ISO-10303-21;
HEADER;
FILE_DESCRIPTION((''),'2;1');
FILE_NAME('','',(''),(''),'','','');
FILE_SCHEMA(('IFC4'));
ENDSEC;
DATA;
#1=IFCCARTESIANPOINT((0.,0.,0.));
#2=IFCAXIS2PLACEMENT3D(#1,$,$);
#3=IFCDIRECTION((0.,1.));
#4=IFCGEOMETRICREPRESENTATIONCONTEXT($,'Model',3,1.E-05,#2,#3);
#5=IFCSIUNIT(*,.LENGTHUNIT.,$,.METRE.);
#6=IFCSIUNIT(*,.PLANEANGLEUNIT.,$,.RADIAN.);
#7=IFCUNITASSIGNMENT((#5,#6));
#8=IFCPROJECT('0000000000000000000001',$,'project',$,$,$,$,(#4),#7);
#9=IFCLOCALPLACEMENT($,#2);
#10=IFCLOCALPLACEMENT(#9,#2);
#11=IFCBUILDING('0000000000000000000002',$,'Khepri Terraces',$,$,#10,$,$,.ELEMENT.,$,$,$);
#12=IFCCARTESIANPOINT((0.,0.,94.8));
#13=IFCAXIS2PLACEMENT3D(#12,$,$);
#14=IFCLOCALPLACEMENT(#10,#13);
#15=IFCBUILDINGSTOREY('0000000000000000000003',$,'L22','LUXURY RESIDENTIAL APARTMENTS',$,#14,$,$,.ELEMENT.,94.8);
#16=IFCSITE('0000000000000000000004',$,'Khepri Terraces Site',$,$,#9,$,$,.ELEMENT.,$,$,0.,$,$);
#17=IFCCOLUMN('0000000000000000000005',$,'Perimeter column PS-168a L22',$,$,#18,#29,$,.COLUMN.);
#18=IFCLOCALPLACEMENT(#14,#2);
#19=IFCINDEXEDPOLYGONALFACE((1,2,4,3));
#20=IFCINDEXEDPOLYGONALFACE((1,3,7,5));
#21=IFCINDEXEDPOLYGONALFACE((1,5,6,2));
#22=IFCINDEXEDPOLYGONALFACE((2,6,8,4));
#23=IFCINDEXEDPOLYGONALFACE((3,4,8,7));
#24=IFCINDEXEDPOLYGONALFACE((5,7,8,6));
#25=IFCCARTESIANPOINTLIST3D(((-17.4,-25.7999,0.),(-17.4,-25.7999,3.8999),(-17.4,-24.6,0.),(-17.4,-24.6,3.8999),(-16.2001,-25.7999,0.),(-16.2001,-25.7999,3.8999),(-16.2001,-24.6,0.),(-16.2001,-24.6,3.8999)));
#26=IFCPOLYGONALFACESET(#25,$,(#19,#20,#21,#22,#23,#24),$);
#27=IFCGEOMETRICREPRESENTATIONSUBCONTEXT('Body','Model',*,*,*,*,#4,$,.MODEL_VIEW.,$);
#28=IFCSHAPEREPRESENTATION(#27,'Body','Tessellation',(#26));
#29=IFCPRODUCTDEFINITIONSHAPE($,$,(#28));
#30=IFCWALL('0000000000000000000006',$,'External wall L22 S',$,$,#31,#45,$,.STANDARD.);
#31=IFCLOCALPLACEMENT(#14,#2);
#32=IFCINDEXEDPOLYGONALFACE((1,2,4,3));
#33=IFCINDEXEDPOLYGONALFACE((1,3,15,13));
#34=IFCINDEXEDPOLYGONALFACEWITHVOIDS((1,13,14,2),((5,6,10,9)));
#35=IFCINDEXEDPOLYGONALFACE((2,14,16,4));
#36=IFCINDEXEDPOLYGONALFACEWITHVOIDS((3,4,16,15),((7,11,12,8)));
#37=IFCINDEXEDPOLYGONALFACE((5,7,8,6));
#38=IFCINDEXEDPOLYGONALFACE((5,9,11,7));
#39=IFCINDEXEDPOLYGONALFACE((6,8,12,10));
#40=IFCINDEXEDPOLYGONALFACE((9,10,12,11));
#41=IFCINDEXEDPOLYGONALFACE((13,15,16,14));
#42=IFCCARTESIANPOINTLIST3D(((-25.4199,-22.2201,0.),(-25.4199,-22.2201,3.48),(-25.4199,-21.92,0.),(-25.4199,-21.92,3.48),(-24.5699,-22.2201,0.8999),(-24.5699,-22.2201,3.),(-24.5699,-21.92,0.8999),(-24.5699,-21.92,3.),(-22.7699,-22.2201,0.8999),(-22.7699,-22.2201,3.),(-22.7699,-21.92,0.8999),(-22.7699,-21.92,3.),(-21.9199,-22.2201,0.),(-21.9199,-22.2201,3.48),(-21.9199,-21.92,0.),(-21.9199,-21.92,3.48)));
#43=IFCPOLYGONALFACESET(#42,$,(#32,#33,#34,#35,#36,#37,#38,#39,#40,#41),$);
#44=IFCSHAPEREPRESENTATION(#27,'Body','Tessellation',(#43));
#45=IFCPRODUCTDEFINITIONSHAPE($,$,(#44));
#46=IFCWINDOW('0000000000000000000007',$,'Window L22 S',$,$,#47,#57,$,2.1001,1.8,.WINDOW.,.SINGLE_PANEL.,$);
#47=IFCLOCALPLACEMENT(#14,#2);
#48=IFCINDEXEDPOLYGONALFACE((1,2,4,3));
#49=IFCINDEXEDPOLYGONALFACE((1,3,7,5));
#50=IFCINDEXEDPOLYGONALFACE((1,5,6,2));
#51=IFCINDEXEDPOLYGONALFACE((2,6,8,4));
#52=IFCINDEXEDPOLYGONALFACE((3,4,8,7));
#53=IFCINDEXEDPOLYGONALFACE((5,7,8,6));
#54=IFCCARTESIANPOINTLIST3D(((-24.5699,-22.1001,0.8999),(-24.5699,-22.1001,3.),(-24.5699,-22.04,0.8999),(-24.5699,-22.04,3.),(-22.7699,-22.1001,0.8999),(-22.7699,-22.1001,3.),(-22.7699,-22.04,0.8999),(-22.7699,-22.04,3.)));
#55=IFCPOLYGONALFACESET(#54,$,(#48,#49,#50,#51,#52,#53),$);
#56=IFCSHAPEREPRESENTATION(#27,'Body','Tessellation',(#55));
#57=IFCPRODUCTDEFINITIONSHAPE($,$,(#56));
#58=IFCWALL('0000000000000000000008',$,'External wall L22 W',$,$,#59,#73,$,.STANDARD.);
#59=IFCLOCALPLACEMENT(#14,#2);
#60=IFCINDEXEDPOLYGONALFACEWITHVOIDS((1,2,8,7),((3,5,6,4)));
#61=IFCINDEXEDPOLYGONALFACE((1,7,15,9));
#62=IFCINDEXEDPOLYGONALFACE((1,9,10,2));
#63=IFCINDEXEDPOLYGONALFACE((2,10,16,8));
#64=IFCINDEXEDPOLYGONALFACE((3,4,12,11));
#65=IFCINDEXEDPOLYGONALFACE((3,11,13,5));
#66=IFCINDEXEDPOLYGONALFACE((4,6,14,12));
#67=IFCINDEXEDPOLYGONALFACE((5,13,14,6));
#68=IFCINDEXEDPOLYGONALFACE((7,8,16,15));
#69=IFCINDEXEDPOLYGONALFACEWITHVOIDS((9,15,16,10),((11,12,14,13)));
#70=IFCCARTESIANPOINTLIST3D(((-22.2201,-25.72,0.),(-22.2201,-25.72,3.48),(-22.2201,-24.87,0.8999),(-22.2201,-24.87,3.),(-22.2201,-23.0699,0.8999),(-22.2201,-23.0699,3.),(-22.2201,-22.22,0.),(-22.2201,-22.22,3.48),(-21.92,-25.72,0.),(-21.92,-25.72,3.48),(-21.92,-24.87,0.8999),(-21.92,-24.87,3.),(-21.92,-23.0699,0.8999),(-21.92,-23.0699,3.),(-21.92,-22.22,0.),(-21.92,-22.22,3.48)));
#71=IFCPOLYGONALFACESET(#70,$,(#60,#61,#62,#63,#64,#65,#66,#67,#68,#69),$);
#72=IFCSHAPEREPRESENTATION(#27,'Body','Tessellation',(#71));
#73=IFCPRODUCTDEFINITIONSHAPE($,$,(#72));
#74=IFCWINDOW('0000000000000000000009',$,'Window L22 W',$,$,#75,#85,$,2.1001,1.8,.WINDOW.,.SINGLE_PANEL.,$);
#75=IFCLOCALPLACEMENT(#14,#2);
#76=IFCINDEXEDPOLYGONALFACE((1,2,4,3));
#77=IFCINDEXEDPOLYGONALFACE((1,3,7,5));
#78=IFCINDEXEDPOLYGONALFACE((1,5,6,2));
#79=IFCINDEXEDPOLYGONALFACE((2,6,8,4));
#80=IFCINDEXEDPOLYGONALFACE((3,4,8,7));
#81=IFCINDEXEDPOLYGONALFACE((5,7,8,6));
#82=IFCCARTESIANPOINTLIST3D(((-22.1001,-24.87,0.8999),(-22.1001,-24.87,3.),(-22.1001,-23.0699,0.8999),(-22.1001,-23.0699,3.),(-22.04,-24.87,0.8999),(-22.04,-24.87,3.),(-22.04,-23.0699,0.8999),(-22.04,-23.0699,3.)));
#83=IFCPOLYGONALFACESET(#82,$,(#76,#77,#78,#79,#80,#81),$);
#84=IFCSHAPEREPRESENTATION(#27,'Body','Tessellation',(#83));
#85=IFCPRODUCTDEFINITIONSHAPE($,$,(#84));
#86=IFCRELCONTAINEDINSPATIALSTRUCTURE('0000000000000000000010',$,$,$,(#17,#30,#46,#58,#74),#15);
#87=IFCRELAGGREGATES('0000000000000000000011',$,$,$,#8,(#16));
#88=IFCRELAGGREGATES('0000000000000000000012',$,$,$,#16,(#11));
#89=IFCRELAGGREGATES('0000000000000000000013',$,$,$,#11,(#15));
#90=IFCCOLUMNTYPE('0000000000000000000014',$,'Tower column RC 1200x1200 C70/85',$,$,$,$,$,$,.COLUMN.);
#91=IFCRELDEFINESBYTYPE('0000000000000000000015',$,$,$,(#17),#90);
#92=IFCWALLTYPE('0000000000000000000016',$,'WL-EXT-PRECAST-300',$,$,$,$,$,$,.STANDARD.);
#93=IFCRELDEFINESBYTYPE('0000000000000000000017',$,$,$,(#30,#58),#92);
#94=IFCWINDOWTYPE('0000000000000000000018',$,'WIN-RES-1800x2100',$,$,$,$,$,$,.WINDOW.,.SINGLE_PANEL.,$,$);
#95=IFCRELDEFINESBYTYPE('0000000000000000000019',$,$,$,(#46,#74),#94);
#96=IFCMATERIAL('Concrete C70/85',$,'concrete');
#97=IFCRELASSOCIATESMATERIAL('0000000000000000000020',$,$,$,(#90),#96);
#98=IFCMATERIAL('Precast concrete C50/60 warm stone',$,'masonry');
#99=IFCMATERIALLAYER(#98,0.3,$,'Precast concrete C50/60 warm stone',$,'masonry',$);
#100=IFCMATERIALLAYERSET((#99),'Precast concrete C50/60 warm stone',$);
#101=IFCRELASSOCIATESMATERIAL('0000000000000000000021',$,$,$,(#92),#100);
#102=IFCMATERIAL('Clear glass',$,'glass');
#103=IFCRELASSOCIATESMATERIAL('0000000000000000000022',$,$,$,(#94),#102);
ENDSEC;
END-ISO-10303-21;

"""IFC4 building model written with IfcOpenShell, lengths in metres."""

from ifc_helpers import new_model, si_unit, direction, frame, frame_2d, origin, origin_2d, place, context, subcontext, project, spatial, rectangle, extrude, material, layer, layer_set, material_profile, profile_set, type_object, element, fill, save


model = new_model("IFC4")

# Units and contexts
model_context = context("Model", 3, precision=1e-05, world=origin(), true_north=direction((0.0, 1.0)))
body_context = subcontext(model_context, "Body", "Model", "MODEL_VIEW")
ifc_project = project(units=[si_unit("LENGTHUNIT", "METRE"), si_unit("PLANEANGLEUNIT", "RADIAN")], contexts=[model_context])

# Site, building, storey
site_placement = place(None, origin())
site = spatial("IfcSite", under=ifc_project, at=site_placement, Name="Khepri Terraces Site", CompositionType="ELEMENT", RefElevation=0.0)
building_placement = place(site_placement, origin())
building = spatial("IfcBuilding", under=site, at=building_placement, Name="Khepri Terraces", CompositionType="ELEMENT")
storey_placement = place(building_placement, frame((0.0, 0.0, 94.8)))
storey = spatial("IfcBuildingStorey", under=building, at=storey_placement, Name="L22", Description="LUXURY RESIDENTIAL APARTMENTS", CompositionType="ELEMENT", Elevation=94.8)

# Column
ifc_material_1 = material(Name="Concrete C70/85", Category="concrete")
ifc_material_profile = material_profile(ifc_material_1, rectangle(XDim=1.2, YDim=1.2, at=origin_2d()), Name="Concrete C70/85", Category="concrete")
ifc_profile_set = profile_set([ifc_material_profile], Name="Concrete C70/85")
column_type = type_object("IfcColumnType", Name="Tower column RC 1200x1200 C70/85", PredefinedType="COLUMN", material=ifc_profile_set)
column_placement = place(storey_placement, frame((-16.8, -25.2, 0.0), z_axis=(0.0, 0.0, 1.0), x_axis=(1.0, 0.0, 0.0)))
element("IfcColumn", 1, at=column_placement, inside=storey, type_object=column_type, Name="Perimeter column PS-168a L22", PredefinedType="COLUMN", context=body_context, shape_type="SweptSolid", body=[
    extrude(rectangle(XDim=1.2, YDim=1.2, at=origin_2d()), origin(), (0.0, 0.0, 1.0), 3.8999),
])

# Walls, openings, windows
ifc_material_2 = material(Name="Precast concrete C50/60 warm stone", Category="masonry")
ifc_layer = layer(ifc_material_2, 0.3, Name="Precast concrete C50/60 warm stone", Category="masonry")
ifc_layer_set = layer_set([ifc_layer], Name="Precast concrete C50/60 warm stone")
wall_type = type_object("IfcWallType", Name="WL-EXT-PRECAST-300", PredefinedType="STANDARD", material=ifc_layer_set)
wall_1_placement = place(storey_placement, frame((-25.4199, -22.0701, 0.0), z_axis=(0.0, 0.0, 1.0), x_axis=(1.0, 0.0, 0.0)))
wall_1 = element("IfcWall", 2, at=wall_1_placement, inside=storey, type_object=wall_type, Name="External wall L22 S", PredefinedType="STANDARD", context=body_context, shape_type="SweptSolid", body=[
    extrude(rectangle(XDim=3.5, YDim=0.3, at=frame_2d((1.75, 0.0))), origin(), (0.0, 0.0, 1.0), 3.48),
])
opening_1_placement = place(wall_1_placement, frame((0.8501, 0.0, 0.8999)))
opening_1 = element("IfcOpeningElement", 3, at=opening_1_placement, cuts=wall_1, PredefinedType="OPENING", context=body_context, shape_type="SweptSolid", body=[
    extrude(rectangle(XDim=1.8, YDim=2.1001, at=frame_2d((0.8999, 1.05))), frame((0.0, 0.1602, 0.0), z_axis=(0.0, -1.0, 0.0), x_axis=(1.0, 0.0, 0.0)), (0.0, 0.0, 1.0), 0.3201),
])
ifc_material_3 = material(Name="Clear glass", Category="glass")
window_type = type_object("IfcWindowType", Name="WIN-RES-1800x2100", PartitioningType="SINGLE_PANEL", PredefinedType="WINDOW", material=ifc_material_3)
window_1_placement = place(opening_1_placement, origin())
window_1 = element("IfcWindow", 4, at=window_1_placement, inside=storey, type_object=window_type, Name="Window L22 S", OverallHeight=2.1001, OverallWidth=1.8, PartitioningType="SINGLE_PANEL", PredefinedType="WINDOW", context=body_context, shape_type="SweptSolid", body=[
    extrude(rectangle(XDim=1.8, YDim=2.1001, at=frame_2d((0.8999, 1.05))), frame((0.0, 0.03, 0.0), z_axis=(0.0, -1.0, 0.0), x_axis=(1.0, 0.0, 0.0)), (0.0, 0.0, 1.0), 0.0601),
])
fill(opening_1, window_1)
wall_2_placement = place(storey_placement, frame((-22.0701, -22.22, 0.0), z_axis=(0.0, 0.0, 1.0), x_axis=(0.0, -1.0, 0.0)))
wall_2 = element("IfcWall", 5, at=wall_2_placement, inside=storey, type_object=wall_type, Name="External wall L22 W", PredefinedType="STANDARD", context=body_context, shape_type="SweptSolid", body=[
    extrude(rectangle(XDim=3.5, YDim=0.3, at=frame_2d((1.75, 0.0))), origin(), (0.0, 0.0, 1.0), 3.48),
])
opening_2_placement = place(wall_2_placement, frame((0.8501, 0.0, 0.8999)))
opening_2 = element("IfcOpeningElement", 6, at=opening_2_placement, cuts=wall_2, PredefinedType="OPENING", context=body_context, shape_type="SweptSolid", body=[
    extrude(rectangle(XDim=1.8, YDim=2.1001, at=frame_2d((0.8999, 1.05))), frame((0.0, 0.1602, 0.0), z_axis=(0.0, -1.0, 0.0), x_axis=(1.0, 0.0, 0.0)), (0.0, 0.0, 1.0), 0.3201),
])
window_2_placement = place(opening_2_placement, origin())
window_2 = element("IfcWindow", 7, at=window_2_placement, inside=storey, type_object=window_type, Name="Window L22 W", OverallHeight=2.1001, OverallWidth=1.8, PartitioningType="SINGLE_PANEL", PredefinedType="WINDOW", context=body_context, shape_type="SweptSolid", body=[
    extrude(rectangle(XDim=1.8, YDim=2.1001, at=frame_2d((0.8999, 1.05))), frame((0.0, 0.03, 0.0), z_axis=(0.0, -1.0, 0.0), x_axis=(1.0, 0.0, 0.0)), (0.0, 0.0, 1.0), 0.0601),
])
fill(opening_2, window_2)

save(model, "model.ifc")
